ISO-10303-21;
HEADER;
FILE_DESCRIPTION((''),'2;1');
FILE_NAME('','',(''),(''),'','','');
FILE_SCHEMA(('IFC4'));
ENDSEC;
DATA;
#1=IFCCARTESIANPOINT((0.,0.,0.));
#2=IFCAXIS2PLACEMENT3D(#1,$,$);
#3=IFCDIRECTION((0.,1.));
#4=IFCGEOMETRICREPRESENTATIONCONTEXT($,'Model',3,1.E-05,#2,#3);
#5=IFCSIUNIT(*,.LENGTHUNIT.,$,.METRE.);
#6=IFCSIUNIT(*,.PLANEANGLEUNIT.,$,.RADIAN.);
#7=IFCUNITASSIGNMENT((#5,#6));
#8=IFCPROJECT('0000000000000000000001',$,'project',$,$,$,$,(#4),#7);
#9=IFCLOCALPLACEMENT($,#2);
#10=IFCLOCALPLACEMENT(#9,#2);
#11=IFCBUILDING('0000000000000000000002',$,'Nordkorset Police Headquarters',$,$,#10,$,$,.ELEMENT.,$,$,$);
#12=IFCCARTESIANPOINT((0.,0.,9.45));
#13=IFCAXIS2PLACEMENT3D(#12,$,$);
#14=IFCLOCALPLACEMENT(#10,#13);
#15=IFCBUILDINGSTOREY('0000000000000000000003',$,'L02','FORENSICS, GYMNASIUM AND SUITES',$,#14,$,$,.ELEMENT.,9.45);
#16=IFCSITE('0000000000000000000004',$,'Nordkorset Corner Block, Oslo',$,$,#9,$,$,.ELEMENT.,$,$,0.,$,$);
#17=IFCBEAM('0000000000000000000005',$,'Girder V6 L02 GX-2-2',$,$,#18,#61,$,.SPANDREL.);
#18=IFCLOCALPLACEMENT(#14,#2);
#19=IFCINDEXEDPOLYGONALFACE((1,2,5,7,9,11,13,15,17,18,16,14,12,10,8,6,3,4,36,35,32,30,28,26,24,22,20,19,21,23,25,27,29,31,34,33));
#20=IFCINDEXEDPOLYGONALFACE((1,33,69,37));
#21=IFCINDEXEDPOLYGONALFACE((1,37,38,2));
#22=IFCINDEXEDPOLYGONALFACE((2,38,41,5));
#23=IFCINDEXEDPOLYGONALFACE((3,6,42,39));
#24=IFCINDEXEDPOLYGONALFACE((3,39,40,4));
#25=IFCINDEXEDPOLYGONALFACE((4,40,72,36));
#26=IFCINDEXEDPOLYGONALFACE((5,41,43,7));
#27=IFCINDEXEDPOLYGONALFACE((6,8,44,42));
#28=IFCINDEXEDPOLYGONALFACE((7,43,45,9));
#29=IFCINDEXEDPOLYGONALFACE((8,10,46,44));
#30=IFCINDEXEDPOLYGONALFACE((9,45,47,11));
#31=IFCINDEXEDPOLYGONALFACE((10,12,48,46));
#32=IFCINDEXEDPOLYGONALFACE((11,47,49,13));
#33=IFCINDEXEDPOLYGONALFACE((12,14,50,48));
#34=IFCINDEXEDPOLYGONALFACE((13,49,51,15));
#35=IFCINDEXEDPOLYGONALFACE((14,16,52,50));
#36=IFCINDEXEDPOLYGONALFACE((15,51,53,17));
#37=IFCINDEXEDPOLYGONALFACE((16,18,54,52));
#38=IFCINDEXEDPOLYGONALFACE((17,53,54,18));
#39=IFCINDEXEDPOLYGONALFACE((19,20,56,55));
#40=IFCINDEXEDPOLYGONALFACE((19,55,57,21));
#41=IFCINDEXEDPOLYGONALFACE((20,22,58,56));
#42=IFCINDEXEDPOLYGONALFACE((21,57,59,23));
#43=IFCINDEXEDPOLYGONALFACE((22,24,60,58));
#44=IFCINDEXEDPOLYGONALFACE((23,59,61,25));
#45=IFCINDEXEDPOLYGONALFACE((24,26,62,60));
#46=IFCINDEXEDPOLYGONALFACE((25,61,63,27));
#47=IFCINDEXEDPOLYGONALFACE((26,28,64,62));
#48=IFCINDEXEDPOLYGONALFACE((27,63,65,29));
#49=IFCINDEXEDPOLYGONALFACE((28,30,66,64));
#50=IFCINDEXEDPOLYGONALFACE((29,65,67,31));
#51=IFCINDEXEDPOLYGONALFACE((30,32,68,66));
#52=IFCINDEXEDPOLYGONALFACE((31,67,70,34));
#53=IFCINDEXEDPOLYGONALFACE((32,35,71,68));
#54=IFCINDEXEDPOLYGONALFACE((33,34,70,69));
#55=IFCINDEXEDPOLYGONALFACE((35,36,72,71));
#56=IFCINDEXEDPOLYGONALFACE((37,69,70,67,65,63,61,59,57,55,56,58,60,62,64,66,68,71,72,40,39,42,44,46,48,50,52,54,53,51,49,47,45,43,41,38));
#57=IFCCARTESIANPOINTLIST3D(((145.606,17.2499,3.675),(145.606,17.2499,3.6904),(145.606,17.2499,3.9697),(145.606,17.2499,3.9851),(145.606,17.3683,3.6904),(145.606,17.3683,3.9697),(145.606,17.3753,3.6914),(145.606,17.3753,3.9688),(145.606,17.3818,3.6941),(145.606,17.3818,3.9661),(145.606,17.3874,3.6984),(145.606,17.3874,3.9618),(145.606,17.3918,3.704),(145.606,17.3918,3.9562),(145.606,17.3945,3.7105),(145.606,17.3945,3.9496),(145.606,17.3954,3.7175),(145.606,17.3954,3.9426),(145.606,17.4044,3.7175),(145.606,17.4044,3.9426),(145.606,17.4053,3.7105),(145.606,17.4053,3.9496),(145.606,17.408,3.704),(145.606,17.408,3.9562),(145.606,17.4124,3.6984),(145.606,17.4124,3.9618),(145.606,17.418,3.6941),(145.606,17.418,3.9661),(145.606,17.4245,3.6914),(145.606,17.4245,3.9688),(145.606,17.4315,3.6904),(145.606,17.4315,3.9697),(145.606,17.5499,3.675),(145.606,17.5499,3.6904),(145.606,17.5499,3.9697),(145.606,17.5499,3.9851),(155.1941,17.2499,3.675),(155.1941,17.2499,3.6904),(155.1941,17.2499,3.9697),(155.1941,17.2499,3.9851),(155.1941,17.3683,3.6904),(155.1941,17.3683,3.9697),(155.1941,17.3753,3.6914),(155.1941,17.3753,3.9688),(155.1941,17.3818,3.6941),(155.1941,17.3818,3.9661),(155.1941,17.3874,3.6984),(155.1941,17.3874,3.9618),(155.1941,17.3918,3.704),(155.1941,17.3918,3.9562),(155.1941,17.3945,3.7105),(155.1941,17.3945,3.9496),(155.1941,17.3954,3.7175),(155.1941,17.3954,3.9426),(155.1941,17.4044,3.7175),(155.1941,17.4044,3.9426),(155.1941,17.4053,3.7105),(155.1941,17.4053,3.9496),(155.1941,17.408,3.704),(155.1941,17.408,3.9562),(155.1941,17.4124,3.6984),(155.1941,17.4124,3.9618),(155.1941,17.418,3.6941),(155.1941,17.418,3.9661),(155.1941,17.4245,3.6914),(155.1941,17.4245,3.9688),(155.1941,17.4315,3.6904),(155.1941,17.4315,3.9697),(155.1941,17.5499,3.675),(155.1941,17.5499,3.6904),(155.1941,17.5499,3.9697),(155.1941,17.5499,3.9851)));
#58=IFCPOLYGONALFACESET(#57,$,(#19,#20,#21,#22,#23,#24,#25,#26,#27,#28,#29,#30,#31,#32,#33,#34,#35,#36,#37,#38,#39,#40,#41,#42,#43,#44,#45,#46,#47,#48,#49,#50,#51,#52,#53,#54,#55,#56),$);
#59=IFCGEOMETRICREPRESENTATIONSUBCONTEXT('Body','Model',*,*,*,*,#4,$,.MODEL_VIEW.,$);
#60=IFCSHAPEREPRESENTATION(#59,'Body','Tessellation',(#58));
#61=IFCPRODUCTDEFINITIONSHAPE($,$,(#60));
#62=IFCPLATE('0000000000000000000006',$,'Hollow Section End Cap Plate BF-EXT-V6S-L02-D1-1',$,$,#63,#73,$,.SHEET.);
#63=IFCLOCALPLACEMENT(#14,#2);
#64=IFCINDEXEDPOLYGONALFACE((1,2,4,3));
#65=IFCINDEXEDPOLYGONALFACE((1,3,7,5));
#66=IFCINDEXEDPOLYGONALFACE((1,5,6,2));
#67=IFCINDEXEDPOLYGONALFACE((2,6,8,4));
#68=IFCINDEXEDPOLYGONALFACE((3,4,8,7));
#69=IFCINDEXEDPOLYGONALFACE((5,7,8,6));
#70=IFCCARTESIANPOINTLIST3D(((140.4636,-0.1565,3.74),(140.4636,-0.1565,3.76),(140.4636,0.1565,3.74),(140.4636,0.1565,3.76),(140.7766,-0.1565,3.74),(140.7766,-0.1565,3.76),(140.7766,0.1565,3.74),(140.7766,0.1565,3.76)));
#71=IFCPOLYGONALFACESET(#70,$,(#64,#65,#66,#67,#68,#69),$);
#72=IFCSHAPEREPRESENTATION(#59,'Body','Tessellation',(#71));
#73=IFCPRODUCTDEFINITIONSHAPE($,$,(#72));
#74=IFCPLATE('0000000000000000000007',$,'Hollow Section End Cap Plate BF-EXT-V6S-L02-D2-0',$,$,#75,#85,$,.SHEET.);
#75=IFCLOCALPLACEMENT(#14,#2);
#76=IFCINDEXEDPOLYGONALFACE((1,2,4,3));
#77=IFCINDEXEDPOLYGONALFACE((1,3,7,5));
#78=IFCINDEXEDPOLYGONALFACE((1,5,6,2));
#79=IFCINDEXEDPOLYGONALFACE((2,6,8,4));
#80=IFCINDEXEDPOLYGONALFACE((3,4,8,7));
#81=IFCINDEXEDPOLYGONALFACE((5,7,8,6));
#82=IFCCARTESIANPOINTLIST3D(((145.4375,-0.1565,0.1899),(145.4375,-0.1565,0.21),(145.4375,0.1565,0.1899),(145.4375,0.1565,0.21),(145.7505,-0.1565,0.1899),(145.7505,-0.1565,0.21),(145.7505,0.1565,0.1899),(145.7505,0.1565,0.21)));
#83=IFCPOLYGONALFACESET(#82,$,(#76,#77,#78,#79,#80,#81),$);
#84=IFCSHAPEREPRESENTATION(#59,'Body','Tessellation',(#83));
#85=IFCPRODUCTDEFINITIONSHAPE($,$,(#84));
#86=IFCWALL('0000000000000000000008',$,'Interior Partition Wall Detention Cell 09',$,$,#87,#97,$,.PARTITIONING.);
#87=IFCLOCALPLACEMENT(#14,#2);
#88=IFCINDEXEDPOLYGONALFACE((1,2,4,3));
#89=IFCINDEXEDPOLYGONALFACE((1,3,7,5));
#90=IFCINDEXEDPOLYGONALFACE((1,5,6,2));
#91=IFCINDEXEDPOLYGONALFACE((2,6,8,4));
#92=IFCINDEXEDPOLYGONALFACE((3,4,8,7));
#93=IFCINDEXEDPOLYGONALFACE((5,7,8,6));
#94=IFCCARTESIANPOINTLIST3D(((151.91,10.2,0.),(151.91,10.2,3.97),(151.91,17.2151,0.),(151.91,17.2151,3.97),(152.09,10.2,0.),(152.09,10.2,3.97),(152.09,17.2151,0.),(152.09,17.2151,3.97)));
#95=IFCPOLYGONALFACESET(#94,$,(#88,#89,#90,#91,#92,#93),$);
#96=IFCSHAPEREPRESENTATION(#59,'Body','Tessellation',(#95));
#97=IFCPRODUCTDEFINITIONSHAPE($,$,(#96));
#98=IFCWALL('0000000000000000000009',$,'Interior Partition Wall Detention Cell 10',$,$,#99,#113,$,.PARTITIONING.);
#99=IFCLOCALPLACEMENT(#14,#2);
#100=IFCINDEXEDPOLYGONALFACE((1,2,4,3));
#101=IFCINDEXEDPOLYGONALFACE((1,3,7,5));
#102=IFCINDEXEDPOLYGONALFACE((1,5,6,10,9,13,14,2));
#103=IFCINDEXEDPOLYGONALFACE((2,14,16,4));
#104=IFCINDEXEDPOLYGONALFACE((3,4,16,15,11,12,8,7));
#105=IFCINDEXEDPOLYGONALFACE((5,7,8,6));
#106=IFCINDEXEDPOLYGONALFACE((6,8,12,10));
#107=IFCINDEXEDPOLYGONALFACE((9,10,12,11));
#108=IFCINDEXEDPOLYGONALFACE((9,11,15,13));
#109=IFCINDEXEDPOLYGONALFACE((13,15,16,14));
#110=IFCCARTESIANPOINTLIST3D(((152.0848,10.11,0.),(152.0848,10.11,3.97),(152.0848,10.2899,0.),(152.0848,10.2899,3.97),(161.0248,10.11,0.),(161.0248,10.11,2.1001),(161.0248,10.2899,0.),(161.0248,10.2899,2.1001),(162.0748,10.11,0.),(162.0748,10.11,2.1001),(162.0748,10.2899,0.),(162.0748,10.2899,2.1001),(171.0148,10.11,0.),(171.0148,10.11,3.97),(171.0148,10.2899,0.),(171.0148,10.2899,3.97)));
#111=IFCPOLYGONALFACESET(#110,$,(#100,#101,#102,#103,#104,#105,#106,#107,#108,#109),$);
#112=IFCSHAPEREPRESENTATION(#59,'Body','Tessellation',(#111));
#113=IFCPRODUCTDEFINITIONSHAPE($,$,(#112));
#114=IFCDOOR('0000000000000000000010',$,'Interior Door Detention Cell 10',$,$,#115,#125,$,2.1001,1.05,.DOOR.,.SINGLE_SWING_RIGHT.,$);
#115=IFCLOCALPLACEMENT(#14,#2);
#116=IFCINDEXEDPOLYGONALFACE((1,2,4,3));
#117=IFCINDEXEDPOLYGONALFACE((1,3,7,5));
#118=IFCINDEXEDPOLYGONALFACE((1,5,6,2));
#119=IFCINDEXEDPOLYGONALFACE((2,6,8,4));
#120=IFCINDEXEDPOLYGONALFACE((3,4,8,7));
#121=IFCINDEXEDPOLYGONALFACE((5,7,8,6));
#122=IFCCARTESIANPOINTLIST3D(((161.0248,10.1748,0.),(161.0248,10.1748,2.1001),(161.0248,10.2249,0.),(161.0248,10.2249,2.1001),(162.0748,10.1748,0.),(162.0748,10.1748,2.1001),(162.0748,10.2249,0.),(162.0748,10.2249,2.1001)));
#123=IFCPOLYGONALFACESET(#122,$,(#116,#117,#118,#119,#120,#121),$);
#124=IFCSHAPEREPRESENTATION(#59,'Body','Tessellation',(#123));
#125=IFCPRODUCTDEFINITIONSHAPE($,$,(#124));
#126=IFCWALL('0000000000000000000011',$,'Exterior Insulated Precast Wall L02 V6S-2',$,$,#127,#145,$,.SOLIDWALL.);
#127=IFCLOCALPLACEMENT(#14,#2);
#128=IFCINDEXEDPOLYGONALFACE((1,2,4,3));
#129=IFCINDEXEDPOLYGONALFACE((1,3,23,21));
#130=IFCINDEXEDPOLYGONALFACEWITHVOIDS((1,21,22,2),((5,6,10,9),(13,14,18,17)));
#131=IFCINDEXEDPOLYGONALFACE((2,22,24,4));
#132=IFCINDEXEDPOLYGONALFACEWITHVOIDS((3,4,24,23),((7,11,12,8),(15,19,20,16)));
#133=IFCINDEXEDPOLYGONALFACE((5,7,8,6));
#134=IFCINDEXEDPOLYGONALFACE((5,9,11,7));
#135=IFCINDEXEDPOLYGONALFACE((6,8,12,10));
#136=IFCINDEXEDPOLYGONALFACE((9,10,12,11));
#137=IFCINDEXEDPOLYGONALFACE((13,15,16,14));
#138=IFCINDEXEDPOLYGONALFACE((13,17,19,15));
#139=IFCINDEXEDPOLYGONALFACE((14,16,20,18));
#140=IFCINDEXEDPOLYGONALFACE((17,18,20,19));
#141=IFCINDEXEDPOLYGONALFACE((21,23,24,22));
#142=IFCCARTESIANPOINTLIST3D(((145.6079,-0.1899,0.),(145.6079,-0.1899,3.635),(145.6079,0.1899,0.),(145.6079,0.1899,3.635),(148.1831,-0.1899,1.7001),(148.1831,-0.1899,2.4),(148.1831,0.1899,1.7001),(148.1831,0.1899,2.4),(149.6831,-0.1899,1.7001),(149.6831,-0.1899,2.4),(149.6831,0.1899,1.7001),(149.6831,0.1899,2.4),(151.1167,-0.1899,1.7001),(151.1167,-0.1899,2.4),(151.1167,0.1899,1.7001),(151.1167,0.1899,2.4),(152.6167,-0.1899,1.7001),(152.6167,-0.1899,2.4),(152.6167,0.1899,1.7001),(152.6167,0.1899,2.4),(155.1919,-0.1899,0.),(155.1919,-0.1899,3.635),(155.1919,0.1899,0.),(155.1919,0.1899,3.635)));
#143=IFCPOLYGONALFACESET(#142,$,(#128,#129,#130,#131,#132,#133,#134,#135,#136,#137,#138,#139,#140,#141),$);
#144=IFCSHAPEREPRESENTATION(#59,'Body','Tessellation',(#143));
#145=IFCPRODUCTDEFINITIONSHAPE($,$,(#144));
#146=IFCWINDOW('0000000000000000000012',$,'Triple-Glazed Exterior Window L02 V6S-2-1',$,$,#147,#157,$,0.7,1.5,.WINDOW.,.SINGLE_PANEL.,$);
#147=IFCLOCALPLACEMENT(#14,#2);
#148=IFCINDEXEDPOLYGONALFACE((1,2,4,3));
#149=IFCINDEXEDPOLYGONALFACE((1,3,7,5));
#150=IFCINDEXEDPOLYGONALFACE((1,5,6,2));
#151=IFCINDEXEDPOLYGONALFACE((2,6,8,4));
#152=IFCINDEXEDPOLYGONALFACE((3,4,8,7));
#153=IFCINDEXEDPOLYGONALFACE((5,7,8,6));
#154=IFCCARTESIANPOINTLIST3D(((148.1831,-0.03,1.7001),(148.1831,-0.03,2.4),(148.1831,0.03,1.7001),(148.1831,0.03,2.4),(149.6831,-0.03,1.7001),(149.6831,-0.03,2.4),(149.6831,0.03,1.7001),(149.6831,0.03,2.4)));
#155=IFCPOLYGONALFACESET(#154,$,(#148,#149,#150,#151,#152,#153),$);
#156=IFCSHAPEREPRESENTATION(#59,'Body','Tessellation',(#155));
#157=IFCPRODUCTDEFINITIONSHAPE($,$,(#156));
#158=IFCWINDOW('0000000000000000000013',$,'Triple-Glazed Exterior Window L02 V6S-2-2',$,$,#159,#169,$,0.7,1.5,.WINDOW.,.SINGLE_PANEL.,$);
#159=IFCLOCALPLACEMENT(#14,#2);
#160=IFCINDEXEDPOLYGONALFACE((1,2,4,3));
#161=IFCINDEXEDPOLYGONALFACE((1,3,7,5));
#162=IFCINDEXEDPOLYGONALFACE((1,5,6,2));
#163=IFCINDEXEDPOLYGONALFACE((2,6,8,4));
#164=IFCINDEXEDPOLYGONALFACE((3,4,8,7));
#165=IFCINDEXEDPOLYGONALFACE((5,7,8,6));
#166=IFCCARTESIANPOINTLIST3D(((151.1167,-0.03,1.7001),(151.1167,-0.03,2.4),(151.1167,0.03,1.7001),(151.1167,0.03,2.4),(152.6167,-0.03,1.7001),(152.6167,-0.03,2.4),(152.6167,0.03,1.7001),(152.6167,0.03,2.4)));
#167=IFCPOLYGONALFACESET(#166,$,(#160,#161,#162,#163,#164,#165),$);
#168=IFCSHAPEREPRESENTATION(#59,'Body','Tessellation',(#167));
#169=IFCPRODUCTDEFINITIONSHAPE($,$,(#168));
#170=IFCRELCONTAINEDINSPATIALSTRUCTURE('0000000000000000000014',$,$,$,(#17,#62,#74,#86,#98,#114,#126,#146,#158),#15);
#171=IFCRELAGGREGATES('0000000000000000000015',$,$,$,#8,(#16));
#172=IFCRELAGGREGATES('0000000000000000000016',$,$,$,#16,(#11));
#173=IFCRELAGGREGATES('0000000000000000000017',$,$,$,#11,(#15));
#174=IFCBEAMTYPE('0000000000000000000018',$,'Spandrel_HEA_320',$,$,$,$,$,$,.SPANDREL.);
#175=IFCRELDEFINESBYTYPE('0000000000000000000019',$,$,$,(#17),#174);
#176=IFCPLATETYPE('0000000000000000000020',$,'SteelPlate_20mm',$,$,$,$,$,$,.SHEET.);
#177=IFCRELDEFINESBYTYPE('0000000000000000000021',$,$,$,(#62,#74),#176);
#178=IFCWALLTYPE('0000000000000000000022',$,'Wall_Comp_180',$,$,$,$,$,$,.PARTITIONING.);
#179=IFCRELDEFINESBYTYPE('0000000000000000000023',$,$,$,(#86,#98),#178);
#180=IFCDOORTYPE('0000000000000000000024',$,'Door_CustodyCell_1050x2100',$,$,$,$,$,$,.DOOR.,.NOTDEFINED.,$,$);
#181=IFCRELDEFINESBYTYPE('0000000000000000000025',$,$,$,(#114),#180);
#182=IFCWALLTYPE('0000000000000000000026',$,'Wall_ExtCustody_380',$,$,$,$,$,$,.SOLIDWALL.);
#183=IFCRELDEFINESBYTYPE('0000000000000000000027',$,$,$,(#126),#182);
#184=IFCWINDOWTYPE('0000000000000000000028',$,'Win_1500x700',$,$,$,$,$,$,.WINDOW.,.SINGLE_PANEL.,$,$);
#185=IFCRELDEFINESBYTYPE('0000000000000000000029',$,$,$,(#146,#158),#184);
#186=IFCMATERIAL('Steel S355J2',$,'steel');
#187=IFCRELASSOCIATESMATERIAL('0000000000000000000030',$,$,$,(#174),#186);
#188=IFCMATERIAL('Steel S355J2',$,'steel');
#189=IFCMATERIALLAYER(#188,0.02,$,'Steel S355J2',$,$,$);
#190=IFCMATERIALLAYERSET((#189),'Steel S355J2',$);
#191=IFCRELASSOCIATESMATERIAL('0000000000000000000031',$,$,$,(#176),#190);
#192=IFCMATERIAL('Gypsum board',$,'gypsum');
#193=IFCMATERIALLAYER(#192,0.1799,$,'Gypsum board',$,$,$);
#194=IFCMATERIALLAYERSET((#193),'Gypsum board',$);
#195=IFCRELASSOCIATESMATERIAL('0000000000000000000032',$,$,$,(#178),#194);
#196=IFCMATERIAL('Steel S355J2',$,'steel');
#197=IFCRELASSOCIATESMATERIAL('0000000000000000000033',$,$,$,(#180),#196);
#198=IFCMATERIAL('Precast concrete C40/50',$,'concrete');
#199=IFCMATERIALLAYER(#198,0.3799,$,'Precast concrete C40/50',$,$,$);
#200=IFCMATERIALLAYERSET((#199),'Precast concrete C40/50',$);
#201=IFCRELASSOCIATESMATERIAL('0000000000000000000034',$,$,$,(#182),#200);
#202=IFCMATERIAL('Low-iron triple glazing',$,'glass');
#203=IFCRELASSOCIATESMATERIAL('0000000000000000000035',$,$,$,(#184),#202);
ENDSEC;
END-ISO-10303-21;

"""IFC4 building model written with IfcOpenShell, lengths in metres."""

from ifc_helpers import new_model, si_unit, direction, frame, frame_2d, origin, origin_2d, place, context, subcontext, project, spatial, rectangle, i_section, extrude, material, layer, layer_set, material_profile, profile_set, type_object, element, fill, save


model = new_model("IFC4")

# Units and contexts
model_context = context("Model", 3, precision=1e-05, world=origin(), true_north=direction((0.0, 1.0)))
body_context = subcontext(model_context, "Body", "Model", "MODEL_VIEW")
ifc_project = project(units=[si_unit("LENGTHUNIT", "METRE"), si_unit("PLANEANGLEUNIT", "RADIAN")], contexts=[model_context])

# Site, building, storey
site_placement = place(None, origin())
site = spatial("IfcSite", under=ifc_project, at=site_placement, Name="Nordkorset Corner Block, Oslo", CompositionType="ELEMENT", RefElevation=0.0)
building_placement = place(site_placement, origin())
building = spatial("IfcBuilding", under=site, at=building_placement, Name="Nordkorset Police Headquarters", CompositionType="ELEMENT")
storey_placement = place(building_placement, frame((0.0, 0.0, 9.45)))
storey = spatial("IfcBuildingStorey", under=building, at=storey_placement, Name="L02", Description="FORENSICS, GYMNASIUM AND SUITES", CompositionType="ELEMENT", Elevation=9.45)

# Beam
ifc_material_1 = material(Name="Steel S355J2", Category="steel")
ifc_material_profile_1 = material_profile(ifc_material_1, i_section(OverallWidth=0.3, OverallDepth=0.3101, WebThickness=0.009, FlangeThickness=0.0154, FilletRadius=0.0271, at=origin_2d()), Name="HEA 320")
ifc_profile_set_1 = profile_set([ifc_material_profile_1], Name="Steel S355J2")
beam_type_1 = type_object("IfcBeamType", Name="Spandrel_HEA_320", PredefinedType="SPANDREL", material=ifc_profile_set_1)
for number, where, z_axis, x_axis, name in (
    (1, (145.606, 17.3999, 3.8301), (1.0, 0.0, 0.0), (0.0, 1.0, 0.0), "Girder V6 L02 GX-2-2"),
):
    element("IfcBeam", number, at=place(storey_placement, frame(where, z_axis=z_axis, x_axis=x_axis)), inside=storey, type_object=beam_type_1, Name=name, PredefinedType="SPANDREL", context=body_context, shape_type="SweptSolid", body=[
        extrude(i_section(OverallWidth=0.3, OverallDepth=0.3101, WebThickness=0.009, FlangeThickness=0.0154, FilletRadius=0.0271, at=origin_2d()), origin(), (0.0, 0.0, 1.0), 9.5881),
    ])

# Plates
ifc_material_2 = material(Name="Steel S355J2", Category="steel")
ifc_layer_1 = layer(ifc_material_2, 0.02, Name="Steel S355J2")
ifc_layer_set_1 = layer_set([ifc_layer_1], Name="Steel S355J2")
plate_type = type_object("IfcPlateType", Name="SteelPlate_20mm", PredefinedType="SHEET", material=ifc_layer_set_1)
for number, where, z_axis, x_axis, name in (
    (2, (140.6201, 0.0, 3.74), (0.0, 0.0, 1.0), (1.0, 0.0, 0.0), "Hollow Section End Cap Plate BF-EXT-V6S-L02-D1-1"),
    (3, (145.594, 0.0, 0.1899), (0.0, 0.0, 1.0), (1.0, 0.0, 0.0), "Hollow Section End Cap Plate BF-EXT-V6S-L02-D2-0"),
):
    element("IfcPlate", number, at=place(storey_placement, frame(where, z_axis=z_axis, x_axis=x_axis)), inside=storey, type_object=plate_type, Name=name, PredefinedType="SHEET", context=body_context, shape_type="SweptSolid", body=[
        extrude(rectangle(XDim=0.313, YDim=0.313, at=origin_2d()), origin(), (0.0, 0.0, 1.0), 0.02),
    ])

# Wall
ifc_material_3 = material(Name="Gypsum board", Category="gypsum")
ifc_layer_2 = layer(ifc_material_3, 0.1799, Name="Gypsum board")
ifc_layer_set_2 = layer_set([ifc_layer_2], Name="Gypsum board")
wall_type_1 = type_object("IfcWallType", Name="Wall_Comp_180", PredefinedType="PARTITIONING", material=ifc_layer_set_2)
wall_1_placement = place(storey_placement, frame((152.0, 10.2, 0.0), z_axis=(0.0, 0.0, 1.0), x_axis=(0.0, 1.0, 0.0)))
element("IfcWall", 4, at=wall_1_placement, inside=storey, type_object=wall_type_1, Name="Interior Partition Wall Detention Cell 09", PredefinedType="PARTITIONING", context=body_context, shape_type="SweptSolid", body=[
    extrude(rectangle(XDim=7.0151, YDim=0.1799, at=frame_2d((3.5076, 0.0))), origin(), (0.0, 0.0, 1.0), 3.97),
])

# Wall, opening, door
wall_2_placement = place(storey_placement, frame((152.085, 10.2, 0.0), z_axis=(0.0, 0.0, 1.0), x_axis=(1.0, 0.0, 0.0)))
wall_2 = element("IfcWall", 5, at=wall_2_placement, inside=storey, type_object=wall_type_1, Name="Interior Partition Wall Detention Cell 10", PredefinedType="PARTITIONING", context=body_context, shape_type="SweptSolid", body=[
    extrude(rectangle(XDim=18.9299, YDim=0.1799, at=frame_2d((9.4648, 0.0))), origin(), (0.0, 0.0, 1.0), 3.97),
])
opening_1_placement = place(wall_2_placement, frame((8.9399, 0.0, 0.0)))
opening_1 = element("IfcOpeningElement", 6, at=opening_1_placement, cuts=wall_2, PredefinedType="OPENING", context=body_context, shape_type="SweptSolid", body=[
    extrude(rectangle(XDim=1.05, YDim=2.1001, at=frame_2d((0.5249, 1.05))), frame((0.0, 0.1001, 0.0), z_axis=(0.0, -1.0, 0.0), x_axis=(1.0, 0.0, 0.0)), (0.0, 0.0, 1.0), 0.2),
])
ifc_material_4 = material(Name="Steel S355J2", Category="steel")
door_type = type_object("IfcDoorType", Name="Door_CustodyCell_1050x2100", OperationType="NOTDEFINED", PredefinedType="DOOR", material=ifc_material_4)
door_placement = place(opening_1_placement, origin())
door = element("IfcDoor", 7, at=door_placement, inside=storey, type_object=door_type, Name="Interior Door Detention Cell 10", OperationType="SINGLE_SWING_RIGHT", OverallHeight=2.1001, OverallWidth=1.05, PredefinedType="DOOR", context=body_context, shape_type="SweptSolid", body=[
    extrude(rectangle(XDim=1.05, YDim=2.1001, at=frame_2d((0.5249, 1.05))), frame((0.0, 0.0249, 0.0), z_axis=(0.0, -1.0, 0.0), x_axis=(1.0, 0.0, 0.0)), (0.0, 0.0, 1.0), 0.05),
])
fill(opening_1, door)

# Wall, openings, windows
ifc_material_5 = material(Name="Precast concrete C40/50", Category="concrete")
ifc_layer_3 = layer(ifc_material_5, 0.3799, Name="Precast concrete C40/50")
ifc_layer_set_3 = layer_set([ifc_layer_3], Name="Precast concrete C40/50")
wall_type_2 = type_object("IfcWallType", Name="Wall_ExtCustody_380", PredefinedType="SOLIDWALL", material=ifc_layer_set_3)
wall_3_placement = place(storey_placement, frame((145.6079, 0.0, 0.0), z_axis=(0.0, 0.0, 1.0), x_axis=(1.0, 0.0, 0.0)))
wall_3 = element("IfcWall", 8, at=wall_3_placement, inside=storey, type_object=wall_type_2, Name="Exterior Insulated Precast Wall L02 V6S-2", PredefinedType="SOLIDWALL", context=body_context, shape_type="SweptSolid", body=[
    extrude(rectangle(XDim=9.584, YDim=0.3799, at=frame_2d((4.792, 0.0))), origin(), (0.0, 0.0, 1.0), 3.635),
])
opening_2_placement = place(wall_3_placement, frame((2.5752, 0.0, 1.7)))
opening_2 = element("IfcOpeningElement", 9, at=opening_2_placement, cuts=wall_3, PredefinedType="OPENING", context=body_context, shape_type="SweptSolid", body=[
    extrude(rectangle(XDim=1.5, YDim=0.7, at=frame_2d((0.75, 0.3501))), frame((0.0, 0.2, 0.0), z_axis=(0.0, -1.0, 0.0), x_axis=(1.0, 0.0, 0.0)), (0.0, 0.0, 1.0), 0.3999),
])
opening_3_placement = place(wall_3_placement, frame((5.5088, 0.0, 1.7)))
opening_3 = element("IfcOpeningElement", 10, at=opening_3_placement, cuts=wall_3, PredefinedType="OPENING", context=body_context, shape_type="SweptSolid", body=[
    extrude(rectangle(XDim=1.5, YDim=0.7, at=frame_2d((0.75, 0.3501))), frame((0.0, 0.2, 0.0), z_axis=(0.0, -1.0, 0.0), x_axis=(1.0, 0.0, 0.0)), (0.0, 0.0, 1.0), 0.3999),
])
ifc_material_6 = material(Name="Low-iron triple glazing", Category="glass")
window_type_1 = type_object("IfcWindowType", Name="Win_1500x700", PartitioningType="SINGLE_PANEL", PredefinedType="WINDOW", material=ifc_material_6)
window_1_placement = place(opening_2_placement, origin())
window_1 = element("IfcWindow", 11, at=window_1_placement, inside=storey, type_object=window_type_1, Name="Triple-Glazed Exterior Window L02 V6S-2-1", OverallHeight=0.7, OverallWidth=1.5, PartitioningType="SINGLE_PANEL", PredefinedType="WINDOW", context=body_context, shape_type="SweptSolid", body=[
    extrude(rectangle(XDim=1.5, YDim=0.7, at=frame_2d((0.75, 0.3501))), frame((0.0, 0.03, 0.0), z_axis=(0.0, -1.0, 0.0), x_axis=(1.0, 0.0, 0.0)), (0.0, 0.0, 1.0), 0.0601),
])
fill(opening_2, window_1)
window_2_placement = place(opening_3_placement, origin())
window_2 = element("IfcWindow", 12, at=window_2_placement, inside=storey, type_object=window_type_1, Name="Triple-Glazed Exterior Window L02 V6S-2-2", OverallHeight=0.7, OverallWidth=1.5, PartitioningType="SINGLE_PANEL", PredefinedType="WINDOW", context=body_context, shape_type="SweptSolid", body=[
    extrude(rectangle(XDim=1.5, YDim=0.7, at=frame_2d((0.75, 0.3501))), frame((0.0, 0.03, 0.0), z_axis=(0.0, -1.0, 0.0), x_axis=(1.0, 0.0, 0.0)), (0.0, 0.0, 1.0), 0.0601),
])
fill(opening_3, window_2)

save(model, "model.ifc")
